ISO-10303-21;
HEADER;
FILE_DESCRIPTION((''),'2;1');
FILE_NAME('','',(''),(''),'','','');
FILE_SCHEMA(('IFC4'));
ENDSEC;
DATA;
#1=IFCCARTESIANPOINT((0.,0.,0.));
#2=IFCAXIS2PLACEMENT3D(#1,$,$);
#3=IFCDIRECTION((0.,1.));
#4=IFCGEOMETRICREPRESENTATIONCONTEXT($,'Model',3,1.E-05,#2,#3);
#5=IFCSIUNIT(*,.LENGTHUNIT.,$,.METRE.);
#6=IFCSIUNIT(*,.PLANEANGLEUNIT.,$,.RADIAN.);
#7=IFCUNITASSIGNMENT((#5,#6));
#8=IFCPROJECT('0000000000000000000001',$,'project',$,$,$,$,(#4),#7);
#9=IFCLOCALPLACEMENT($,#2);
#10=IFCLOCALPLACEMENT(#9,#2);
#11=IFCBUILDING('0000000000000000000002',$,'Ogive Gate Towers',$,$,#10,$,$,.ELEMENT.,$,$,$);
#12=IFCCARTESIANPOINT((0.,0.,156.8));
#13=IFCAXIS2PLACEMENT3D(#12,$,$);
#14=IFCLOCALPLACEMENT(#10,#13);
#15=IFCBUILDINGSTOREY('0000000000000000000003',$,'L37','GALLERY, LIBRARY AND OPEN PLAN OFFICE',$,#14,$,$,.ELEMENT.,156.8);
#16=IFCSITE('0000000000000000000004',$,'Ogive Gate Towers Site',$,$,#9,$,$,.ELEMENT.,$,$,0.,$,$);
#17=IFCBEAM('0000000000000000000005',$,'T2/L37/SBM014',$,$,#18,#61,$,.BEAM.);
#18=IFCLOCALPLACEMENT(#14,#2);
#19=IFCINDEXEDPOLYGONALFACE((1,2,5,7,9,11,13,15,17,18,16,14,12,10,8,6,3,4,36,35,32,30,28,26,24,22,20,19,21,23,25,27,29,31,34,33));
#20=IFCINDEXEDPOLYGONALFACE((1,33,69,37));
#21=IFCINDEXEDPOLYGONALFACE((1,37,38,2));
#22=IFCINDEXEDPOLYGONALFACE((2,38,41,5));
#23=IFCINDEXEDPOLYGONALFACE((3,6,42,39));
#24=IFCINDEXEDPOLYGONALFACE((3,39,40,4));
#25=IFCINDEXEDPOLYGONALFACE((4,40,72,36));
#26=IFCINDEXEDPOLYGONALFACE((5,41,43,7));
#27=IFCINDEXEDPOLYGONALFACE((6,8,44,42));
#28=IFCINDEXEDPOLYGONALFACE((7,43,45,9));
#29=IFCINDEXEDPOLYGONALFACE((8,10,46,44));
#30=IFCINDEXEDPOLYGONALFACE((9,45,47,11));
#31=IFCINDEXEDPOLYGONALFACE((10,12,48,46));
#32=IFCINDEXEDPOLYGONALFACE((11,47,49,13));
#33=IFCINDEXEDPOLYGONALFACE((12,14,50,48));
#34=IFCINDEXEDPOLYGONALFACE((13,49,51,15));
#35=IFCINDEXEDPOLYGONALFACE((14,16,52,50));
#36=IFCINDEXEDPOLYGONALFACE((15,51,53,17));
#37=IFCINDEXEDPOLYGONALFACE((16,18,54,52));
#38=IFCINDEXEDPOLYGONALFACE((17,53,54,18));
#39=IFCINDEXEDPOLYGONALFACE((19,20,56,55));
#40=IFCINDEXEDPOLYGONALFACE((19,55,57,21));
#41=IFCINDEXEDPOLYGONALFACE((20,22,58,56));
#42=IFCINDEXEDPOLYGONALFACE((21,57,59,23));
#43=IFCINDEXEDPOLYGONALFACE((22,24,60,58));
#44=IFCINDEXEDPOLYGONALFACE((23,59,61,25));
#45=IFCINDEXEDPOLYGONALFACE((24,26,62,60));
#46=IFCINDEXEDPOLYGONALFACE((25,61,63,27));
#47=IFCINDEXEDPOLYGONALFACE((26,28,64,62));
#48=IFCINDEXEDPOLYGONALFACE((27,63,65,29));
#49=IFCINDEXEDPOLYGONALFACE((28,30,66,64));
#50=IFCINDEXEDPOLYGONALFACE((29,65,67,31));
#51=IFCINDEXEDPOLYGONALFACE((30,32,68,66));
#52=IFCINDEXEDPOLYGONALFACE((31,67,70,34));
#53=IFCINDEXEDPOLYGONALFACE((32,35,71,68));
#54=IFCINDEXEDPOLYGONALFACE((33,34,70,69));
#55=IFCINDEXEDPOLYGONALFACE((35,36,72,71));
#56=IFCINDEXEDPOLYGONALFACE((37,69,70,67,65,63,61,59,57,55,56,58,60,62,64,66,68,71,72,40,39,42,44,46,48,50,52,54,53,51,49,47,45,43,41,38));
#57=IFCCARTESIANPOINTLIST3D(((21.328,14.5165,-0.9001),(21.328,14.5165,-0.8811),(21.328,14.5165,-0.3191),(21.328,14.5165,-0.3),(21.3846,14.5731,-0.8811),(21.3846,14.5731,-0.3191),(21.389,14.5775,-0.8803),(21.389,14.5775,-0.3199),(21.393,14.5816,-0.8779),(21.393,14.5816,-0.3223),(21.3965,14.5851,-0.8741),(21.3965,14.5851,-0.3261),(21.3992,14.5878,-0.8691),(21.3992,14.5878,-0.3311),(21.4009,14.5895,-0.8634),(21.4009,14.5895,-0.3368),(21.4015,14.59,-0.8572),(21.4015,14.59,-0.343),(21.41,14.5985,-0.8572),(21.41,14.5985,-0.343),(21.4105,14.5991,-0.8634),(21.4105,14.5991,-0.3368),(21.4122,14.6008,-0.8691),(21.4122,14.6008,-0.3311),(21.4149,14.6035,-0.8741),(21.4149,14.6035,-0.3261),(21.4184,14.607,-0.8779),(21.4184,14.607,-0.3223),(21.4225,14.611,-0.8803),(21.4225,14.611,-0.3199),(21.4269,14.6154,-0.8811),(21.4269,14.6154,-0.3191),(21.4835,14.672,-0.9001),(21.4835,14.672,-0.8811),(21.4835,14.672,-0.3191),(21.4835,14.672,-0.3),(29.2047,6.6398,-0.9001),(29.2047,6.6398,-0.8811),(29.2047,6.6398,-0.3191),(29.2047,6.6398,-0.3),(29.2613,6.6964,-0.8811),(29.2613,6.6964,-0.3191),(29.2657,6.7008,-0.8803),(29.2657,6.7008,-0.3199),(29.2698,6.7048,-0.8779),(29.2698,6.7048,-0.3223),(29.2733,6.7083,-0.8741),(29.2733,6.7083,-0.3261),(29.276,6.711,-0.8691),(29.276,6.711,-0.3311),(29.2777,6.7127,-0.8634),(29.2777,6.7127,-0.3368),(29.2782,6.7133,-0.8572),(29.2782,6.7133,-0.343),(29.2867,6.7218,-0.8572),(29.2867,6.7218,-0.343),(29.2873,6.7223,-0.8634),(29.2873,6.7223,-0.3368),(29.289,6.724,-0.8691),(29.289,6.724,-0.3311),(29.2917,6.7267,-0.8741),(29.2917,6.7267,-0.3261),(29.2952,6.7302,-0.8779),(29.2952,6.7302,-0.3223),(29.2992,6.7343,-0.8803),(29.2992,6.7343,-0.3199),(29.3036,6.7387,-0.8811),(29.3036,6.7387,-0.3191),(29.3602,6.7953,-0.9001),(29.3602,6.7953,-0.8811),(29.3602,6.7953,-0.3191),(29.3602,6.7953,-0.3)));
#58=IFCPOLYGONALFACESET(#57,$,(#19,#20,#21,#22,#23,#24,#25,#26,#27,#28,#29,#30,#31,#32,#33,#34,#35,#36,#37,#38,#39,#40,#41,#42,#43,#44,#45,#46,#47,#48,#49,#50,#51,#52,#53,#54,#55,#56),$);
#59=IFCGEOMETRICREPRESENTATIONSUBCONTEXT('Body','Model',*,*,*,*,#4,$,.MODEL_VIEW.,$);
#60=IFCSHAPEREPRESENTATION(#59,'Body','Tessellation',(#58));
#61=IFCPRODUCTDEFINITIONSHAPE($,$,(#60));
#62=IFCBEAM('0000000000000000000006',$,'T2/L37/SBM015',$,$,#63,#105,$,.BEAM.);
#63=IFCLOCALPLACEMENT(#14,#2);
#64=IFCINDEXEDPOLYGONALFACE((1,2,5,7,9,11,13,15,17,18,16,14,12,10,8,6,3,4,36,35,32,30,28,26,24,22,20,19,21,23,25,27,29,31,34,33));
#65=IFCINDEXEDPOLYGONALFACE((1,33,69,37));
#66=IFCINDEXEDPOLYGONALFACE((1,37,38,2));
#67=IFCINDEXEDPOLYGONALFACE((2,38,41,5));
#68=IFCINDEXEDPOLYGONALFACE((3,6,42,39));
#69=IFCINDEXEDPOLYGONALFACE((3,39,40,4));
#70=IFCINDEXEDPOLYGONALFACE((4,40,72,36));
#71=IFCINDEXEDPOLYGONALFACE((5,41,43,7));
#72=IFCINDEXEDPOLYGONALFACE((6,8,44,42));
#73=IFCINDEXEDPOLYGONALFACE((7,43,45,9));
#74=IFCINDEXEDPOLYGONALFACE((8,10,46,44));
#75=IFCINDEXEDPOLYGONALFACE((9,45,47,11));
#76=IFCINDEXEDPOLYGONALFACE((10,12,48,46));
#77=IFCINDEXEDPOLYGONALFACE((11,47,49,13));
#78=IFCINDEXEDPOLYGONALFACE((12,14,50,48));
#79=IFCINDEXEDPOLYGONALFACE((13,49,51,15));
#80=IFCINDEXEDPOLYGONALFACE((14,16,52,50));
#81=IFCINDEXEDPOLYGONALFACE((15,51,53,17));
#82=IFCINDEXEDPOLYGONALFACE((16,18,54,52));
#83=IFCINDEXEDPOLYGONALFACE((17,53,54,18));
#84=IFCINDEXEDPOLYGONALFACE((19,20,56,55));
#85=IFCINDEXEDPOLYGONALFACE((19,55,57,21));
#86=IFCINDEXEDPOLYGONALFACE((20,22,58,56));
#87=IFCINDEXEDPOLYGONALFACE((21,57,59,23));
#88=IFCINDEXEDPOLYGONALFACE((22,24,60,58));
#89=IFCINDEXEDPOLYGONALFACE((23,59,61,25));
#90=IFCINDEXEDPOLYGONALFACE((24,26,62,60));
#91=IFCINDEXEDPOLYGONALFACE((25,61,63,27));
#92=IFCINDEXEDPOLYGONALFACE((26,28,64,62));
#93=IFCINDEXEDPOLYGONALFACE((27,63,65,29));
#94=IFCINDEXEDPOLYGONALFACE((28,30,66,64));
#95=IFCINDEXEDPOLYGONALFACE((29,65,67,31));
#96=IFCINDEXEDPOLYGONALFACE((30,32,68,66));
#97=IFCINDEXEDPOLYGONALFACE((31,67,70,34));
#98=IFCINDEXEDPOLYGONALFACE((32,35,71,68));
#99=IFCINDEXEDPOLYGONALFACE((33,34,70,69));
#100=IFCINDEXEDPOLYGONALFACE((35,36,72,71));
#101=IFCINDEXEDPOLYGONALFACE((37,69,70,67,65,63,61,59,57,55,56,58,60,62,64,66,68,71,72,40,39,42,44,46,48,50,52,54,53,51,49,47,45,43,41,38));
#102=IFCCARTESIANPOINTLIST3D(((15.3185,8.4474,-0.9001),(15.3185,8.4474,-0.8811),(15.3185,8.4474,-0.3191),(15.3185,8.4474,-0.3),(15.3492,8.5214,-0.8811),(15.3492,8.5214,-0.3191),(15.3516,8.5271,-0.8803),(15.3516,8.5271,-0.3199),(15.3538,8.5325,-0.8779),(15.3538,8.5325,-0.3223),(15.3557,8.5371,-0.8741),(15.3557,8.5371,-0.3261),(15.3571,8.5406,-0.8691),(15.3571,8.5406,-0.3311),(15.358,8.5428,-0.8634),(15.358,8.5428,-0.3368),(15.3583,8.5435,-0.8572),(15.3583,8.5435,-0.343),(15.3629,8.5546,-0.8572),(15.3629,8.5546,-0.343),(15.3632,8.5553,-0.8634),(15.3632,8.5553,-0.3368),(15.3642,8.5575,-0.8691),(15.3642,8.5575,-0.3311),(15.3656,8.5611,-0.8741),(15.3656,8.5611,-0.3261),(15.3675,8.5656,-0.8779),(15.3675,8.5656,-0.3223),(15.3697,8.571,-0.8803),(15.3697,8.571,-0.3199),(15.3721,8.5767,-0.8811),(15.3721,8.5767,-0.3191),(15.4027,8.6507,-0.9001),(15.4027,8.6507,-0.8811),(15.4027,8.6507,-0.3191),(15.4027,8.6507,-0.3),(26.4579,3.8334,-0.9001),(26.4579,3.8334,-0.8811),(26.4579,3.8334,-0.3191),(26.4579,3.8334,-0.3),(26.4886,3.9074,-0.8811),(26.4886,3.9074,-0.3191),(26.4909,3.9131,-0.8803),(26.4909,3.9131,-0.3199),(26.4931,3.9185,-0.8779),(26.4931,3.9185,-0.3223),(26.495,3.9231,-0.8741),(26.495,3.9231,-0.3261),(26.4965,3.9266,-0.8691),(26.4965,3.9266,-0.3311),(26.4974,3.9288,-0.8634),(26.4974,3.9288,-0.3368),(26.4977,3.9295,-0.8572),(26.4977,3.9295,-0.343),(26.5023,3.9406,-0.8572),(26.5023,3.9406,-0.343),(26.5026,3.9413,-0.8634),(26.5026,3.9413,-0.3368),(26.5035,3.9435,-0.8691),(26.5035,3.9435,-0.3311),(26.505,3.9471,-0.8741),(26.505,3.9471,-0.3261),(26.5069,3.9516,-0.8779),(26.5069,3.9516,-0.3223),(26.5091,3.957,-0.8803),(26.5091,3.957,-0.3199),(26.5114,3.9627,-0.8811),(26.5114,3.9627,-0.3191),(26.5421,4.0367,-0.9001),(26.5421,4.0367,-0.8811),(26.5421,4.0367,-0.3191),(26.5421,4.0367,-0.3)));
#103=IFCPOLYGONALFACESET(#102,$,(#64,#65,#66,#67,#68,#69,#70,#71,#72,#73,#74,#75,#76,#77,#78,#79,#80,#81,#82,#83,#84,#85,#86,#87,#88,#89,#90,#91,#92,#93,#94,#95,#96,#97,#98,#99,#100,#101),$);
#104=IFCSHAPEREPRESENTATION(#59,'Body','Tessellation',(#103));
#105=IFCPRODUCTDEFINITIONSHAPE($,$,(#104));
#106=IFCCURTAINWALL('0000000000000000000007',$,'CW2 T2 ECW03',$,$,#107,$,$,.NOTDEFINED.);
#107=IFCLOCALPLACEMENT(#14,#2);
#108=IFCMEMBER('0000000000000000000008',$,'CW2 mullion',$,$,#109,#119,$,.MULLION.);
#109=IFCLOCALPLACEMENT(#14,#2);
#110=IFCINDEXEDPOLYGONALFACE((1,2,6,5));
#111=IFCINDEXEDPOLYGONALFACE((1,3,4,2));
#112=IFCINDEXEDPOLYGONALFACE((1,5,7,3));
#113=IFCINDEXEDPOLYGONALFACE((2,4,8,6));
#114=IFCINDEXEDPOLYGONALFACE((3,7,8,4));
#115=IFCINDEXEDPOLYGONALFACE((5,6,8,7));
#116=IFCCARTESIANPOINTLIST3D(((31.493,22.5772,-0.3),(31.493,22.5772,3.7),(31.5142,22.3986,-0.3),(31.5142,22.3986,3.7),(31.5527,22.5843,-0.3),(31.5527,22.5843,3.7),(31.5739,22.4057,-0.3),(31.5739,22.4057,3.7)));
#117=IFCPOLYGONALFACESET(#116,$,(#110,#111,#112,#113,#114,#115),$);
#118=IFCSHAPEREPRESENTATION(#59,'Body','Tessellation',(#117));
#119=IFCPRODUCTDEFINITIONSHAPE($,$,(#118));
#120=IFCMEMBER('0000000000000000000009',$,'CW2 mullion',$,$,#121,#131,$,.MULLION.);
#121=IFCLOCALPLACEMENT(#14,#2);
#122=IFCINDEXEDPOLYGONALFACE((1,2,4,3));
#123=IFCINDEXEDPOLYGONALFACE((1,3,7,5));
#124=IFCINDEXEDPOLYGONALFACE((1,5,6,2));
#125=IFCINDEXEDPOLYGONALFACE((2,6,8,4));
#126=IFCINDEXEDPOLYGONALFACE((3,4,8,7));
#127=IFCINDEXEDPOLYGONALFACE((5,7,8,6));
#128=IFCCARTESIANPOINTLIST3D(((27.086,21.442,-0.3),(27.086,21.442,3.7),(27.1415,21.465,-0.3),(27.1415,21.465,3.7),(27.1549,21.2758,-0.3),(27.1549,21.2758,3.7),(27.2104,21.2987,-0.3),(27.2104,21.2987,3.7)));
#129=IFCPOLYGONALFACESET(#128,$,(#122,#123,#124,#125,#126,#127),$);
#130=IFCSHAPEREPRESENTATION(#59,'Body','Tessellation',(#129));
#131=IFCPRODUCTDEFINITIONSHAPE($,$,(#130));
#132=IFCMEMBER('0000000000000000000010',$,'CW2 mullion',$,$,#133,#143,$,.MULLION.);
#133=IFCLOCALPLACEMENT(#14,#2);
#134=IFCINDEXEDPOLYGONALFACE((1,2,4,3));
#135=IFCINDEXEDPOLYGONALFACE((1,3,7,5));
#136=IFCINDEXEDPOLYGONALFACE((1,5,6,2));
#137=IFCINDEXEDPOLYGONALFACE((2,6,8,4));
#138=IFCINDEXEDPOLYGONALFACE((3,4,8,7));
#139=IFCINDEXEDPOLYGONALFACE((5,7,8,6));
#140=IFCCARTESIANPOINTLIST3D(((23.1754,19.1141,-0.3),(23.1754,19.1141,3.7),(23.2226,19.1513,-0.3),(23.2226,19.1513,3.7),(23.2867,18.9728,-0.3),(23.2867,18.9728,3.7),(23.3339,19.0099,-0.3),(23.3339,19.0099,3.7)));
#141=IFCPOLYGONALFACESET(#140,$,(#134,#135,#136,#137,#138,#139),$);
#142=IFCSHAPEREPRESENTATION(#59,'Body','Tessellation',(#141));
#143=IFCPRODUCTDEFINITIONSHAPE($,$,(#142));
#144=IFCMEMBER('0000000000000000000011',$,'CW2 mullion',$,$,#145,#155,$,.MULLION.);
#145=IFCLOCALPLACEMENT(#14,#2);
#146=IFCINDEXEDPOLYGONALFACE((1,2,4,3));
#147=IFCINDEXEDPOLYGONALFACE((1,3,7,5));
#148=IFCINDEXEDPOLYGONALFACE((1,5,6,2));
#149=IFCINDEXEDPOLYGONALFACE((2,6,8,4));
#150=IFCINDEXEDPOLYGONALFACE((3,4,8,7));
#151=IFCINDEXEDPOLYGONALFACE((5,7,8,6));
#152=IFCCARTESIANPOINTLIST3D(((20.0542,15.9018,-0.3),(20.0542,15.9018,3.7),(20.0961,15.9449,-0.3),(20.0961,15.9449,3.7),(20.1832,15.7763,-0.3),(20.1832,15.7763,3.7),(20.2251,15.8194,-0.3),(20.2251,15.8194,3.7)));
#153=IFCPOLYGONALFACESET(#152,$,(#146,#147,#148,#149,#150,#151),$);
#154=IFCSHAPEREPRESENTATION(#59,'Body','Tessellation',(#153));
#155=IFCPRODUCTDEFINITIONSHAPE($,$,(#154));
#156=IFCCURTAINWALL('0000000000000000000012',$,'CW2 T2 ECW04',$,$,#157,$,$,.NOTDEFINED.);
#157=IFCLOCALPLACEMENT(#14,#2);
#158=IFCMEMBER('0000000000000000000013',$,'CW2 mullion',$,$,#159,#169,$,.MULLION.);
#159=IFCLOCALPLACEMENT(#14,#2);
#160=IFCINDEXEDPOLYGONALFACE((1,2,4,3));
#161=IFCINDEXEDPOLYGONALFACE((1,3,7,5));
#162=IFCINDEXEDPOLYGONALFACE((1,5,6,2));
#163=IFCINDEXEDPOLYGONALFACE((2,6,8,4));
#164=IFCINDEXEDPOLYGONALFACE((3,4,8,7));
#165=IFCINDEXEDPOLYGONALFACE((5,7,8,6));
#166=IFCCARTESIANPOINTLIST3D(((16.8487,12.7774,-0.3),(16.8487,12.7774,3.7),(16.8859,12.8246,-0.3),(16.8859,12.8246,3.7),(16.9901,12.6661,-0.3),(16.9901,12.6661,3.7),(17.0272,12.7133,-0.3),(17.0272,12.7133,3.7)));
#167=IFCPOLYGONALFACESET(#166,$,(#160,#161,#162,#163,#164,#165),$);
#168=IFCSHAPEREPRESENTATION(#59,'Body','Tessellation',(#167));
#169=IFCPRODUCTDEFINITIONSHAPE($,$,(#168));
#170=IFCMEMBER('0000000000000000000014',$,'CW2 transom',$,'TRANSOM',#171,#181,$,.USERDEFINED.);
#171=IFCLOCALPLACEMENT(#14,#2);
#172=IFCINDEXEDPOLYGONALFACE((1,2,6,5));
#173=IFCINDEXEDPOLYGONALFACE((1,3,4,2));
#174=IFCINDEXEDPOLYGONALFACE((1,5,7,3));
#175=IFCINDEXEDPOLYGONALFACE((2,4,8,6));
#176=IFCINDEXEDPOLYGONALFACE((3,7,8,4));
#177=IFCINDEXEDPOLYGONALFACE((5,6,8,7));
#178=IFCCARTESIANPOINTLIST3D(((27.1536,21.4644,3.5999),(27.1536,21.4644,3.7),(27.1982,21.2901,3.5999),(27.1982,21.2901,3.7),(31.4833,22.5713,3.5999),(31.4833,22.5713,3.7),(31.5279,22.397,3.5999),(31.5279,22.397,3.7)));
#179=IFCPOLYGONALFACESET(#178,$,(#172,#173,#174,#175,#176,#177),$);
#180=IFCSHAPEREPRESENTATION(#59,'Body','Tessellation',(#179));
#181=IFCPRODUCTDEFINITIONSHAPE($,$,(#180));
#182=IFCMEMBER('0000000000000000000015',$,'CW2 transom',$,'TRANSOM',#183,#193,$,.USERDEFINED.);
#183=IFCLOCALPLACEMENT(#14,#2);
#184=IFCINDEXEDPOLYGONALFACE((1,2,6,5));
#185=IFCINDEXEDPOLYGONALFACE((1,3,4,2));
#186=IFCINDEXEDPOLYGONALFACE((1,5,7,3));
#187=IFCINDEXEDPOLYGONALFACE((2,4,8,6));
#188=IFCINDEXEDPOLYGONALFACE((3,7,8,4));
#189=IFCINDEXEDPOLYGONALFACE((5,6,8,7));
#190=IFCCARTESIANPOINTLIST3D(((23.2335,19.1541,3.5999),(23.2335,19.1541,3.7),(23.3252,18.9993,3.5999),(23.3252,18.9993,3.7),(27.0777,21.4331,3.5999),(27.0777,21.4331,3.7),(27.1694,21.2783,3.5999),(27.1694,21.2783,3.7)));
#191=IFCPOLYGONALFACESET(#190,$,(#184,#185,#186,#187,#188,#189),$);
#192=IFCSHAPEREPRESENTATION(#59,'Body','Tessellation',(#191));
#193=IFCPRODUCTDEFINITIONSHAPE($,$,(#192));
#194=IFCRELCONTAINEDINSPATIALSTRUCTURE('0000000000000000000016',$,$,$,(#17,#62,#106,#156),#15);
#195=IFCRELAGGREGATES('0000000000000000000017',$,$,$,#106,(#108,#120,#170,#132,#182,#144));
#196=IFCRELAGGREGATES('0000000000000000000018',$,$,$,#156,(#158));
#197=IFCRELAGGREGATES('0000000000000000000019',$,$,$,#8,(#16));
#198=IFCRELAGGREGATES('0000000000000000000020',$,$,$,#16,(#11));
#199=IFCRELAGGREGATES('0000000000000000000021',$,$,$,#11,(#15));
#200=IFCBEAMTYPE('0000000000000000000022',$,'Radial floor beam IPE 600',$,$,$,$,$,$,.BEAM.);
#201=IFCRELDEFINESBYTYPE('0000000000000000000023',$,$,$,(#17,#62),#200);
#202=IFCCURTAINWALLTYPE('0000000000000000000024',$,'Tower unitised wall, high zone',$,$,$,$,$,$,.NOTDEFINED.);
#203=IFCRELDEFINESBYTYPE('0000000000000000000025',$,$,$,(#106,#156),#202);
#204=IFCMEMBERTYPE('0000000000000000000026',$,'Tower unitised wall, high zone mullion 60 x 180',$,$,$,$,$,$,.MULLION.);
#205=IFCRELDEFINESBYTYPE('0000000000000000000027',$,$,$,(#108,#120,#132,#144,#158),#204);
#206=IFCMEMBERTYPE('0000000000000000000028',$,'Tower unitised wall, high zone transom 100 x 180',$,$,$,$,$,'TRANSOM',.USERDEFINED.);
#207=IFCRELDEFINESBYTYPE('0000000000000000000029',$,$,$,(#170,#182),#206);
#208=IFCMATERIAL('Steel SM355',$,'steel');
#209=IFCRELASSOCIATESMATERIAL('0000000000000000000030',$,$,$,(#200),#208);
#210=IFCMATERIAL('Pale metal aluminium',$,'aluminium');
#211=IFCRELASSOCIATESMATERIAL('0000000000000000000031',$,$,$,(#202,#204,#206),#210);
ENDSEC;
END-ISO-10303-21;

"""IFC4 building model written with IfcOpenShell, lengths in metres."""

from ifc_helpers import new_model, si_unit, direction, frame, origin, origin_2d, place, context, subcontext, project, spatial, rectangle, i_section, extrude, material, material_profile, profile_set, type_object, element, aggregate, save


model = new_model("IFC4")

# Units and contexts
model_context = context("Model", 3, precision=1e-05, world=origin(), true_north=direction((0.0, 1.0)))
body_context = subcontext(model_context, "Body", "Model", "MODEL_VIEW")
ifc_project = project(units=[si_unit("LENGTHUNIT", "METRE"), si_unit("PLANEANGLEUNIT", "RADIAN")], contexts=[model_context])

# Site, building, storey
site_placement = place(None, origin())
site = spatial("IfcSite", under=ifc_project, at=site_placement, Name="Ogive Gate Towers Site", CompositionType="ELEMENT", RefElevation=0.0)
building_placement = place(site_placement, origin())
building = spatial("IfcBuilding", under=site, at=building_placement, Name="Ogive Gate Towers", CompositionType="ELEMENT")
storey_placement = place(building_placement, frame((0.0, 0.0, 156.8)))
storey = spatial("IfcBuildingStorey", under=building, at=storey_placement, Name="L37", Description="GALLERY, LIBRARY AND OPEN PLAN OFFICE", CompositionType="ELEMENT", Elevation=156.8)

# Beams
ifc_material_1 = material(Name="Steel SM355", Category="steel")
ifc_material_profile_1 = material_profile(ifc_material_1, i_section(OverallWidth=0.22, OverallDepth=0.6001, WebThickness=0.012, FlangeThickness=0.019, FilletRadius=0.0239, at=origin_2d()), Name="IPE 600")
ifc_profile_set_1 = profile_set([ifc_material_profile_1], Name="Steel SM355")
beam_type_1 = type_object("IfcBeamType", Name="Radial floor beam IPE 600", PredefinedType="BEAM", material=ifc_profile_set_1)
beam_1_placement = place(storey_placement, frame((29.2825, 6.7175, -0.6001), z_axis=(-0.707107, 0.707107, 0.0), x_axis=(-0.707107, -0.707107, 0.0)))
element("IfcBeam", 1, at=beam_1_placement, inside=storey, type_object=beam_type_1, Name="T2/L37/SBM014", PredefinedType="BEAM", context=body_context, shape_type="SweptSolid", body=[
    extrude(i_section(OverallWidth=0.22, OverallDepth=0.6001, WebThickness=0.012, FlangeThickness=0.019, FilletRadius=0.0239, at=origin_2d()), origin(), (0.0, 0.0, 1.0), 11.1394),
])
beam_2_placement = place(storey_placement, frame((26.5, 3.9351, -0.6001), z_axis=(-0.923882, 0.382678, 0.0), x_axis=(-0.382678, -0.923882, 0.0)))
element("IfcBeam", 2, at=beam_2_placement, inside=storey, type_object=beam_type_1, Name="T2/L37/SBM015", PredefinedType="BEAM", context=body_context, shape_type="SweptSolid", body=[
    extrude(i_section(OverallWidth=0.22, OverallDepth=0.6001, WebThickness=0.012, FlangeThickness=0.019, FilletRadius=0.0239, at=origin_2d()), origin(), (0.0, 0.0, 1.0), 12.0571),
])

# Curtain wall, members
ifc_material_2 = material(Name="Pale metal aluminium", Category="aluminium")
curtain_wall_type = type_object("IfcCurtainWallType", Name="Tower unitised wall, high zone", PredefinedType="NOTDEFINED", material=ifc_material_2)
curtain_wall_1_placement = place(storey_placement, origin())
curtain_wall_1 = element("IfcCurtainWall", 3, at=curtain_wall_1_placement, inside=storey, type_object=curtain_wall_type, Name="CW2 T2 ECW03", PredefinedType="NOTDEFINED")
ifc_material_profile_2 = material_profile(ifc_material_2, rectangle(XDim=0.1799, YDim=0.0601, at=origin_2d()), Name="60 x 180 aluminium box")
ifc_profile_set_2 = profile_set([ifc_material_profile_2], Name="Pale metal aluminium")
member_type_1 = type_object("IfcMemberType", Name="Tower unitised wall, high zone mullion 60 x 180", PredefinedType="MULLION", material=ifc_profile_set_2)
member_1_placement = place(storey_placement, frame((31.5334, 22.4915, -0.3), z_axis=(0.0, 0.0, 1.0), x_axis=(-0.118005, 0.993013, 0.0)))
member_1 = element("IfcMember", 4, at=member_1_placement, type_object=member_type_1, Name="CW2 mullion", PredefinedType="MULLION", context=body_context, shape_type="SweptSolid", body=[
    extrude(rectangle(XDim=0.1799, YDim=0.0601, at=origin_2d()), origin(), (0.0, 0.0, 1.0), 4.0),
])
member_2_placement = place(storey_placement, frame((27.1482, 21.3704, -0.3), z_axis=(0.0, 0.0, 1.0), x_axis=(-0.382683, 0.92388, 0.0)))
member_2 = element("IfcMember", 5, at=member_2_placement, type_object=member_type_1, Name="CW2 mullion", PredefinedType="MULLION", context=body_context, shape_type="SweptSolid", body=[
    extrude(rectangle(XDim=0.1799, YDim=0.0601, at=origin_2d()), origin(), (0.0, 0.0, 1.0), 4.0),
])
member_3_placement = place(storey_placement, frame((23.2546, 19.062, -0.3), z_axis=(0.0, 0.0, 1.0), x_axis=(-0.61871, 0.785619, 0.0)))
member_3 = element("IfcMember", 6, at=member_3_placement, type_object=member_type_1, Name="CW2 mullion", PredefinedType="MULLION", context=body_context, shape_type="SweptSolid", body=[
    extrude(rectangle(XDim=0.1799, YDim=0.0601, at=origin_2d()), origin(), (0.0, 0.0, 1.0), 4.0),
])
member_4_placement = place(storey_placement, frame((20.1396, 15.8606, -0.3), z_axis=(0.0, 0.0, 1.0), x_axis=(-0.716728, 0.697353, 0.0)))
member_4 = element("IfcMember", 7, at=member_4_placement, type_object=member_type_1, Name="CW2 mullion", PredefinedType="MULLION", context=body_context, shape_type="SweptSolid", body=[
    extrude(rectangle(XDim=0.1799, YDim=0.0601, at=origin_2d()), origin(), (0.0, 0.0, 1.0), 4.0),
])

# Curtain wall, member
curtain_wall_2_placement = place(storey_placement, origin())
curtain_wall_2 = element("IfcCurtainWall", 8, at=curtain_wall_2_placement, inside=storey, type_object=curtain_wall_type, Name="CW2 T2 ECW04", PredefinedType="NOTDEFINED")
member_5_placement = place(storey_placement, frame((16.938, 12.7454, -0.3), z_axis=(0.0, 0.0, 1.0), x_axis=(-0.785619, 0.61871, 0.0)))
member_5 = element("IfcMember", 9, at=member_5_placement, type_object=member_type_1, Name="CW2 mullion", PredefinedType="MULLION", context=body_context, shape_type="SweptSolid", body=[
    extrude(rectangle(XDim=0.1799, YDim=0.0601, at=origin_2d()), origin(), (0.0, 0.0, 1.0), 4.0),
])

# Members
ifc_material_profile_3 = material_profile(ifc_material_2, rectangle(XDim=0.1799, YDim=0.1001, at=origin_2d()), Name="100 x 180 aluminium box")
ifc_profile_set_3 = profile_set([ifc_material_profile_3], Name="Pale metal aluminium")
member_type_2 = type_object("IfcMemberType", Name="Tower unitised wall, high zone transom 100 x 180", ElementType="TRANSOM", PredefinedType="USERDEFINED", material=ifc_profile_set_3)
member_6_placement = place(storey_placement, frame((31.5056, 22.4841, 3.6499), z_axis=(-0.96884, -0.247687, 0.0), x_axis=(0.247687, -0.96884, 0.0)))
member_6 = element("IfcMember", 10, at=member_6_placement, type_object=member_type_2, Name="CW2 transom", ObjectType="TRANSOM", PredefinedType="USERDEFINED", context=body_context, shape_type="SweptSolid", body=[
    extrude(rectangle(XDim=0.1799, YDim=0.1001, at=origin_2d()), origin(), (0.0, 0.0, 1.0), 4.469),
])
member_7_placement = place(storey_placement, frame((27.1235, 21.3557, 3.6499), z_axis=(-0.860195, -0.509966, 0.0), x_axis=(0.509966, -0.860195, 0.0)))
member_7 = element("IfcMember", 11, at=member_7_placement, type_object=member_type_2, Name="CW2 transom", ObjectType="TRANSOM", PredefinedType="USERDEFINED", context=body_context, shape_type="SweptSolid", body=[
    extrude(rectangle(XDim=0.1799, YDim=0.1001, at=origin_2d()), origin(), (0.0, 0.0, 1.0), 4.469),
])

aggregate(curtain_wall_1, [member_1, member_2, member_6, member_3, member_7, member_4])
aggregate(curtain_wall_2, [member_5])

save(model, "model.ifc")
